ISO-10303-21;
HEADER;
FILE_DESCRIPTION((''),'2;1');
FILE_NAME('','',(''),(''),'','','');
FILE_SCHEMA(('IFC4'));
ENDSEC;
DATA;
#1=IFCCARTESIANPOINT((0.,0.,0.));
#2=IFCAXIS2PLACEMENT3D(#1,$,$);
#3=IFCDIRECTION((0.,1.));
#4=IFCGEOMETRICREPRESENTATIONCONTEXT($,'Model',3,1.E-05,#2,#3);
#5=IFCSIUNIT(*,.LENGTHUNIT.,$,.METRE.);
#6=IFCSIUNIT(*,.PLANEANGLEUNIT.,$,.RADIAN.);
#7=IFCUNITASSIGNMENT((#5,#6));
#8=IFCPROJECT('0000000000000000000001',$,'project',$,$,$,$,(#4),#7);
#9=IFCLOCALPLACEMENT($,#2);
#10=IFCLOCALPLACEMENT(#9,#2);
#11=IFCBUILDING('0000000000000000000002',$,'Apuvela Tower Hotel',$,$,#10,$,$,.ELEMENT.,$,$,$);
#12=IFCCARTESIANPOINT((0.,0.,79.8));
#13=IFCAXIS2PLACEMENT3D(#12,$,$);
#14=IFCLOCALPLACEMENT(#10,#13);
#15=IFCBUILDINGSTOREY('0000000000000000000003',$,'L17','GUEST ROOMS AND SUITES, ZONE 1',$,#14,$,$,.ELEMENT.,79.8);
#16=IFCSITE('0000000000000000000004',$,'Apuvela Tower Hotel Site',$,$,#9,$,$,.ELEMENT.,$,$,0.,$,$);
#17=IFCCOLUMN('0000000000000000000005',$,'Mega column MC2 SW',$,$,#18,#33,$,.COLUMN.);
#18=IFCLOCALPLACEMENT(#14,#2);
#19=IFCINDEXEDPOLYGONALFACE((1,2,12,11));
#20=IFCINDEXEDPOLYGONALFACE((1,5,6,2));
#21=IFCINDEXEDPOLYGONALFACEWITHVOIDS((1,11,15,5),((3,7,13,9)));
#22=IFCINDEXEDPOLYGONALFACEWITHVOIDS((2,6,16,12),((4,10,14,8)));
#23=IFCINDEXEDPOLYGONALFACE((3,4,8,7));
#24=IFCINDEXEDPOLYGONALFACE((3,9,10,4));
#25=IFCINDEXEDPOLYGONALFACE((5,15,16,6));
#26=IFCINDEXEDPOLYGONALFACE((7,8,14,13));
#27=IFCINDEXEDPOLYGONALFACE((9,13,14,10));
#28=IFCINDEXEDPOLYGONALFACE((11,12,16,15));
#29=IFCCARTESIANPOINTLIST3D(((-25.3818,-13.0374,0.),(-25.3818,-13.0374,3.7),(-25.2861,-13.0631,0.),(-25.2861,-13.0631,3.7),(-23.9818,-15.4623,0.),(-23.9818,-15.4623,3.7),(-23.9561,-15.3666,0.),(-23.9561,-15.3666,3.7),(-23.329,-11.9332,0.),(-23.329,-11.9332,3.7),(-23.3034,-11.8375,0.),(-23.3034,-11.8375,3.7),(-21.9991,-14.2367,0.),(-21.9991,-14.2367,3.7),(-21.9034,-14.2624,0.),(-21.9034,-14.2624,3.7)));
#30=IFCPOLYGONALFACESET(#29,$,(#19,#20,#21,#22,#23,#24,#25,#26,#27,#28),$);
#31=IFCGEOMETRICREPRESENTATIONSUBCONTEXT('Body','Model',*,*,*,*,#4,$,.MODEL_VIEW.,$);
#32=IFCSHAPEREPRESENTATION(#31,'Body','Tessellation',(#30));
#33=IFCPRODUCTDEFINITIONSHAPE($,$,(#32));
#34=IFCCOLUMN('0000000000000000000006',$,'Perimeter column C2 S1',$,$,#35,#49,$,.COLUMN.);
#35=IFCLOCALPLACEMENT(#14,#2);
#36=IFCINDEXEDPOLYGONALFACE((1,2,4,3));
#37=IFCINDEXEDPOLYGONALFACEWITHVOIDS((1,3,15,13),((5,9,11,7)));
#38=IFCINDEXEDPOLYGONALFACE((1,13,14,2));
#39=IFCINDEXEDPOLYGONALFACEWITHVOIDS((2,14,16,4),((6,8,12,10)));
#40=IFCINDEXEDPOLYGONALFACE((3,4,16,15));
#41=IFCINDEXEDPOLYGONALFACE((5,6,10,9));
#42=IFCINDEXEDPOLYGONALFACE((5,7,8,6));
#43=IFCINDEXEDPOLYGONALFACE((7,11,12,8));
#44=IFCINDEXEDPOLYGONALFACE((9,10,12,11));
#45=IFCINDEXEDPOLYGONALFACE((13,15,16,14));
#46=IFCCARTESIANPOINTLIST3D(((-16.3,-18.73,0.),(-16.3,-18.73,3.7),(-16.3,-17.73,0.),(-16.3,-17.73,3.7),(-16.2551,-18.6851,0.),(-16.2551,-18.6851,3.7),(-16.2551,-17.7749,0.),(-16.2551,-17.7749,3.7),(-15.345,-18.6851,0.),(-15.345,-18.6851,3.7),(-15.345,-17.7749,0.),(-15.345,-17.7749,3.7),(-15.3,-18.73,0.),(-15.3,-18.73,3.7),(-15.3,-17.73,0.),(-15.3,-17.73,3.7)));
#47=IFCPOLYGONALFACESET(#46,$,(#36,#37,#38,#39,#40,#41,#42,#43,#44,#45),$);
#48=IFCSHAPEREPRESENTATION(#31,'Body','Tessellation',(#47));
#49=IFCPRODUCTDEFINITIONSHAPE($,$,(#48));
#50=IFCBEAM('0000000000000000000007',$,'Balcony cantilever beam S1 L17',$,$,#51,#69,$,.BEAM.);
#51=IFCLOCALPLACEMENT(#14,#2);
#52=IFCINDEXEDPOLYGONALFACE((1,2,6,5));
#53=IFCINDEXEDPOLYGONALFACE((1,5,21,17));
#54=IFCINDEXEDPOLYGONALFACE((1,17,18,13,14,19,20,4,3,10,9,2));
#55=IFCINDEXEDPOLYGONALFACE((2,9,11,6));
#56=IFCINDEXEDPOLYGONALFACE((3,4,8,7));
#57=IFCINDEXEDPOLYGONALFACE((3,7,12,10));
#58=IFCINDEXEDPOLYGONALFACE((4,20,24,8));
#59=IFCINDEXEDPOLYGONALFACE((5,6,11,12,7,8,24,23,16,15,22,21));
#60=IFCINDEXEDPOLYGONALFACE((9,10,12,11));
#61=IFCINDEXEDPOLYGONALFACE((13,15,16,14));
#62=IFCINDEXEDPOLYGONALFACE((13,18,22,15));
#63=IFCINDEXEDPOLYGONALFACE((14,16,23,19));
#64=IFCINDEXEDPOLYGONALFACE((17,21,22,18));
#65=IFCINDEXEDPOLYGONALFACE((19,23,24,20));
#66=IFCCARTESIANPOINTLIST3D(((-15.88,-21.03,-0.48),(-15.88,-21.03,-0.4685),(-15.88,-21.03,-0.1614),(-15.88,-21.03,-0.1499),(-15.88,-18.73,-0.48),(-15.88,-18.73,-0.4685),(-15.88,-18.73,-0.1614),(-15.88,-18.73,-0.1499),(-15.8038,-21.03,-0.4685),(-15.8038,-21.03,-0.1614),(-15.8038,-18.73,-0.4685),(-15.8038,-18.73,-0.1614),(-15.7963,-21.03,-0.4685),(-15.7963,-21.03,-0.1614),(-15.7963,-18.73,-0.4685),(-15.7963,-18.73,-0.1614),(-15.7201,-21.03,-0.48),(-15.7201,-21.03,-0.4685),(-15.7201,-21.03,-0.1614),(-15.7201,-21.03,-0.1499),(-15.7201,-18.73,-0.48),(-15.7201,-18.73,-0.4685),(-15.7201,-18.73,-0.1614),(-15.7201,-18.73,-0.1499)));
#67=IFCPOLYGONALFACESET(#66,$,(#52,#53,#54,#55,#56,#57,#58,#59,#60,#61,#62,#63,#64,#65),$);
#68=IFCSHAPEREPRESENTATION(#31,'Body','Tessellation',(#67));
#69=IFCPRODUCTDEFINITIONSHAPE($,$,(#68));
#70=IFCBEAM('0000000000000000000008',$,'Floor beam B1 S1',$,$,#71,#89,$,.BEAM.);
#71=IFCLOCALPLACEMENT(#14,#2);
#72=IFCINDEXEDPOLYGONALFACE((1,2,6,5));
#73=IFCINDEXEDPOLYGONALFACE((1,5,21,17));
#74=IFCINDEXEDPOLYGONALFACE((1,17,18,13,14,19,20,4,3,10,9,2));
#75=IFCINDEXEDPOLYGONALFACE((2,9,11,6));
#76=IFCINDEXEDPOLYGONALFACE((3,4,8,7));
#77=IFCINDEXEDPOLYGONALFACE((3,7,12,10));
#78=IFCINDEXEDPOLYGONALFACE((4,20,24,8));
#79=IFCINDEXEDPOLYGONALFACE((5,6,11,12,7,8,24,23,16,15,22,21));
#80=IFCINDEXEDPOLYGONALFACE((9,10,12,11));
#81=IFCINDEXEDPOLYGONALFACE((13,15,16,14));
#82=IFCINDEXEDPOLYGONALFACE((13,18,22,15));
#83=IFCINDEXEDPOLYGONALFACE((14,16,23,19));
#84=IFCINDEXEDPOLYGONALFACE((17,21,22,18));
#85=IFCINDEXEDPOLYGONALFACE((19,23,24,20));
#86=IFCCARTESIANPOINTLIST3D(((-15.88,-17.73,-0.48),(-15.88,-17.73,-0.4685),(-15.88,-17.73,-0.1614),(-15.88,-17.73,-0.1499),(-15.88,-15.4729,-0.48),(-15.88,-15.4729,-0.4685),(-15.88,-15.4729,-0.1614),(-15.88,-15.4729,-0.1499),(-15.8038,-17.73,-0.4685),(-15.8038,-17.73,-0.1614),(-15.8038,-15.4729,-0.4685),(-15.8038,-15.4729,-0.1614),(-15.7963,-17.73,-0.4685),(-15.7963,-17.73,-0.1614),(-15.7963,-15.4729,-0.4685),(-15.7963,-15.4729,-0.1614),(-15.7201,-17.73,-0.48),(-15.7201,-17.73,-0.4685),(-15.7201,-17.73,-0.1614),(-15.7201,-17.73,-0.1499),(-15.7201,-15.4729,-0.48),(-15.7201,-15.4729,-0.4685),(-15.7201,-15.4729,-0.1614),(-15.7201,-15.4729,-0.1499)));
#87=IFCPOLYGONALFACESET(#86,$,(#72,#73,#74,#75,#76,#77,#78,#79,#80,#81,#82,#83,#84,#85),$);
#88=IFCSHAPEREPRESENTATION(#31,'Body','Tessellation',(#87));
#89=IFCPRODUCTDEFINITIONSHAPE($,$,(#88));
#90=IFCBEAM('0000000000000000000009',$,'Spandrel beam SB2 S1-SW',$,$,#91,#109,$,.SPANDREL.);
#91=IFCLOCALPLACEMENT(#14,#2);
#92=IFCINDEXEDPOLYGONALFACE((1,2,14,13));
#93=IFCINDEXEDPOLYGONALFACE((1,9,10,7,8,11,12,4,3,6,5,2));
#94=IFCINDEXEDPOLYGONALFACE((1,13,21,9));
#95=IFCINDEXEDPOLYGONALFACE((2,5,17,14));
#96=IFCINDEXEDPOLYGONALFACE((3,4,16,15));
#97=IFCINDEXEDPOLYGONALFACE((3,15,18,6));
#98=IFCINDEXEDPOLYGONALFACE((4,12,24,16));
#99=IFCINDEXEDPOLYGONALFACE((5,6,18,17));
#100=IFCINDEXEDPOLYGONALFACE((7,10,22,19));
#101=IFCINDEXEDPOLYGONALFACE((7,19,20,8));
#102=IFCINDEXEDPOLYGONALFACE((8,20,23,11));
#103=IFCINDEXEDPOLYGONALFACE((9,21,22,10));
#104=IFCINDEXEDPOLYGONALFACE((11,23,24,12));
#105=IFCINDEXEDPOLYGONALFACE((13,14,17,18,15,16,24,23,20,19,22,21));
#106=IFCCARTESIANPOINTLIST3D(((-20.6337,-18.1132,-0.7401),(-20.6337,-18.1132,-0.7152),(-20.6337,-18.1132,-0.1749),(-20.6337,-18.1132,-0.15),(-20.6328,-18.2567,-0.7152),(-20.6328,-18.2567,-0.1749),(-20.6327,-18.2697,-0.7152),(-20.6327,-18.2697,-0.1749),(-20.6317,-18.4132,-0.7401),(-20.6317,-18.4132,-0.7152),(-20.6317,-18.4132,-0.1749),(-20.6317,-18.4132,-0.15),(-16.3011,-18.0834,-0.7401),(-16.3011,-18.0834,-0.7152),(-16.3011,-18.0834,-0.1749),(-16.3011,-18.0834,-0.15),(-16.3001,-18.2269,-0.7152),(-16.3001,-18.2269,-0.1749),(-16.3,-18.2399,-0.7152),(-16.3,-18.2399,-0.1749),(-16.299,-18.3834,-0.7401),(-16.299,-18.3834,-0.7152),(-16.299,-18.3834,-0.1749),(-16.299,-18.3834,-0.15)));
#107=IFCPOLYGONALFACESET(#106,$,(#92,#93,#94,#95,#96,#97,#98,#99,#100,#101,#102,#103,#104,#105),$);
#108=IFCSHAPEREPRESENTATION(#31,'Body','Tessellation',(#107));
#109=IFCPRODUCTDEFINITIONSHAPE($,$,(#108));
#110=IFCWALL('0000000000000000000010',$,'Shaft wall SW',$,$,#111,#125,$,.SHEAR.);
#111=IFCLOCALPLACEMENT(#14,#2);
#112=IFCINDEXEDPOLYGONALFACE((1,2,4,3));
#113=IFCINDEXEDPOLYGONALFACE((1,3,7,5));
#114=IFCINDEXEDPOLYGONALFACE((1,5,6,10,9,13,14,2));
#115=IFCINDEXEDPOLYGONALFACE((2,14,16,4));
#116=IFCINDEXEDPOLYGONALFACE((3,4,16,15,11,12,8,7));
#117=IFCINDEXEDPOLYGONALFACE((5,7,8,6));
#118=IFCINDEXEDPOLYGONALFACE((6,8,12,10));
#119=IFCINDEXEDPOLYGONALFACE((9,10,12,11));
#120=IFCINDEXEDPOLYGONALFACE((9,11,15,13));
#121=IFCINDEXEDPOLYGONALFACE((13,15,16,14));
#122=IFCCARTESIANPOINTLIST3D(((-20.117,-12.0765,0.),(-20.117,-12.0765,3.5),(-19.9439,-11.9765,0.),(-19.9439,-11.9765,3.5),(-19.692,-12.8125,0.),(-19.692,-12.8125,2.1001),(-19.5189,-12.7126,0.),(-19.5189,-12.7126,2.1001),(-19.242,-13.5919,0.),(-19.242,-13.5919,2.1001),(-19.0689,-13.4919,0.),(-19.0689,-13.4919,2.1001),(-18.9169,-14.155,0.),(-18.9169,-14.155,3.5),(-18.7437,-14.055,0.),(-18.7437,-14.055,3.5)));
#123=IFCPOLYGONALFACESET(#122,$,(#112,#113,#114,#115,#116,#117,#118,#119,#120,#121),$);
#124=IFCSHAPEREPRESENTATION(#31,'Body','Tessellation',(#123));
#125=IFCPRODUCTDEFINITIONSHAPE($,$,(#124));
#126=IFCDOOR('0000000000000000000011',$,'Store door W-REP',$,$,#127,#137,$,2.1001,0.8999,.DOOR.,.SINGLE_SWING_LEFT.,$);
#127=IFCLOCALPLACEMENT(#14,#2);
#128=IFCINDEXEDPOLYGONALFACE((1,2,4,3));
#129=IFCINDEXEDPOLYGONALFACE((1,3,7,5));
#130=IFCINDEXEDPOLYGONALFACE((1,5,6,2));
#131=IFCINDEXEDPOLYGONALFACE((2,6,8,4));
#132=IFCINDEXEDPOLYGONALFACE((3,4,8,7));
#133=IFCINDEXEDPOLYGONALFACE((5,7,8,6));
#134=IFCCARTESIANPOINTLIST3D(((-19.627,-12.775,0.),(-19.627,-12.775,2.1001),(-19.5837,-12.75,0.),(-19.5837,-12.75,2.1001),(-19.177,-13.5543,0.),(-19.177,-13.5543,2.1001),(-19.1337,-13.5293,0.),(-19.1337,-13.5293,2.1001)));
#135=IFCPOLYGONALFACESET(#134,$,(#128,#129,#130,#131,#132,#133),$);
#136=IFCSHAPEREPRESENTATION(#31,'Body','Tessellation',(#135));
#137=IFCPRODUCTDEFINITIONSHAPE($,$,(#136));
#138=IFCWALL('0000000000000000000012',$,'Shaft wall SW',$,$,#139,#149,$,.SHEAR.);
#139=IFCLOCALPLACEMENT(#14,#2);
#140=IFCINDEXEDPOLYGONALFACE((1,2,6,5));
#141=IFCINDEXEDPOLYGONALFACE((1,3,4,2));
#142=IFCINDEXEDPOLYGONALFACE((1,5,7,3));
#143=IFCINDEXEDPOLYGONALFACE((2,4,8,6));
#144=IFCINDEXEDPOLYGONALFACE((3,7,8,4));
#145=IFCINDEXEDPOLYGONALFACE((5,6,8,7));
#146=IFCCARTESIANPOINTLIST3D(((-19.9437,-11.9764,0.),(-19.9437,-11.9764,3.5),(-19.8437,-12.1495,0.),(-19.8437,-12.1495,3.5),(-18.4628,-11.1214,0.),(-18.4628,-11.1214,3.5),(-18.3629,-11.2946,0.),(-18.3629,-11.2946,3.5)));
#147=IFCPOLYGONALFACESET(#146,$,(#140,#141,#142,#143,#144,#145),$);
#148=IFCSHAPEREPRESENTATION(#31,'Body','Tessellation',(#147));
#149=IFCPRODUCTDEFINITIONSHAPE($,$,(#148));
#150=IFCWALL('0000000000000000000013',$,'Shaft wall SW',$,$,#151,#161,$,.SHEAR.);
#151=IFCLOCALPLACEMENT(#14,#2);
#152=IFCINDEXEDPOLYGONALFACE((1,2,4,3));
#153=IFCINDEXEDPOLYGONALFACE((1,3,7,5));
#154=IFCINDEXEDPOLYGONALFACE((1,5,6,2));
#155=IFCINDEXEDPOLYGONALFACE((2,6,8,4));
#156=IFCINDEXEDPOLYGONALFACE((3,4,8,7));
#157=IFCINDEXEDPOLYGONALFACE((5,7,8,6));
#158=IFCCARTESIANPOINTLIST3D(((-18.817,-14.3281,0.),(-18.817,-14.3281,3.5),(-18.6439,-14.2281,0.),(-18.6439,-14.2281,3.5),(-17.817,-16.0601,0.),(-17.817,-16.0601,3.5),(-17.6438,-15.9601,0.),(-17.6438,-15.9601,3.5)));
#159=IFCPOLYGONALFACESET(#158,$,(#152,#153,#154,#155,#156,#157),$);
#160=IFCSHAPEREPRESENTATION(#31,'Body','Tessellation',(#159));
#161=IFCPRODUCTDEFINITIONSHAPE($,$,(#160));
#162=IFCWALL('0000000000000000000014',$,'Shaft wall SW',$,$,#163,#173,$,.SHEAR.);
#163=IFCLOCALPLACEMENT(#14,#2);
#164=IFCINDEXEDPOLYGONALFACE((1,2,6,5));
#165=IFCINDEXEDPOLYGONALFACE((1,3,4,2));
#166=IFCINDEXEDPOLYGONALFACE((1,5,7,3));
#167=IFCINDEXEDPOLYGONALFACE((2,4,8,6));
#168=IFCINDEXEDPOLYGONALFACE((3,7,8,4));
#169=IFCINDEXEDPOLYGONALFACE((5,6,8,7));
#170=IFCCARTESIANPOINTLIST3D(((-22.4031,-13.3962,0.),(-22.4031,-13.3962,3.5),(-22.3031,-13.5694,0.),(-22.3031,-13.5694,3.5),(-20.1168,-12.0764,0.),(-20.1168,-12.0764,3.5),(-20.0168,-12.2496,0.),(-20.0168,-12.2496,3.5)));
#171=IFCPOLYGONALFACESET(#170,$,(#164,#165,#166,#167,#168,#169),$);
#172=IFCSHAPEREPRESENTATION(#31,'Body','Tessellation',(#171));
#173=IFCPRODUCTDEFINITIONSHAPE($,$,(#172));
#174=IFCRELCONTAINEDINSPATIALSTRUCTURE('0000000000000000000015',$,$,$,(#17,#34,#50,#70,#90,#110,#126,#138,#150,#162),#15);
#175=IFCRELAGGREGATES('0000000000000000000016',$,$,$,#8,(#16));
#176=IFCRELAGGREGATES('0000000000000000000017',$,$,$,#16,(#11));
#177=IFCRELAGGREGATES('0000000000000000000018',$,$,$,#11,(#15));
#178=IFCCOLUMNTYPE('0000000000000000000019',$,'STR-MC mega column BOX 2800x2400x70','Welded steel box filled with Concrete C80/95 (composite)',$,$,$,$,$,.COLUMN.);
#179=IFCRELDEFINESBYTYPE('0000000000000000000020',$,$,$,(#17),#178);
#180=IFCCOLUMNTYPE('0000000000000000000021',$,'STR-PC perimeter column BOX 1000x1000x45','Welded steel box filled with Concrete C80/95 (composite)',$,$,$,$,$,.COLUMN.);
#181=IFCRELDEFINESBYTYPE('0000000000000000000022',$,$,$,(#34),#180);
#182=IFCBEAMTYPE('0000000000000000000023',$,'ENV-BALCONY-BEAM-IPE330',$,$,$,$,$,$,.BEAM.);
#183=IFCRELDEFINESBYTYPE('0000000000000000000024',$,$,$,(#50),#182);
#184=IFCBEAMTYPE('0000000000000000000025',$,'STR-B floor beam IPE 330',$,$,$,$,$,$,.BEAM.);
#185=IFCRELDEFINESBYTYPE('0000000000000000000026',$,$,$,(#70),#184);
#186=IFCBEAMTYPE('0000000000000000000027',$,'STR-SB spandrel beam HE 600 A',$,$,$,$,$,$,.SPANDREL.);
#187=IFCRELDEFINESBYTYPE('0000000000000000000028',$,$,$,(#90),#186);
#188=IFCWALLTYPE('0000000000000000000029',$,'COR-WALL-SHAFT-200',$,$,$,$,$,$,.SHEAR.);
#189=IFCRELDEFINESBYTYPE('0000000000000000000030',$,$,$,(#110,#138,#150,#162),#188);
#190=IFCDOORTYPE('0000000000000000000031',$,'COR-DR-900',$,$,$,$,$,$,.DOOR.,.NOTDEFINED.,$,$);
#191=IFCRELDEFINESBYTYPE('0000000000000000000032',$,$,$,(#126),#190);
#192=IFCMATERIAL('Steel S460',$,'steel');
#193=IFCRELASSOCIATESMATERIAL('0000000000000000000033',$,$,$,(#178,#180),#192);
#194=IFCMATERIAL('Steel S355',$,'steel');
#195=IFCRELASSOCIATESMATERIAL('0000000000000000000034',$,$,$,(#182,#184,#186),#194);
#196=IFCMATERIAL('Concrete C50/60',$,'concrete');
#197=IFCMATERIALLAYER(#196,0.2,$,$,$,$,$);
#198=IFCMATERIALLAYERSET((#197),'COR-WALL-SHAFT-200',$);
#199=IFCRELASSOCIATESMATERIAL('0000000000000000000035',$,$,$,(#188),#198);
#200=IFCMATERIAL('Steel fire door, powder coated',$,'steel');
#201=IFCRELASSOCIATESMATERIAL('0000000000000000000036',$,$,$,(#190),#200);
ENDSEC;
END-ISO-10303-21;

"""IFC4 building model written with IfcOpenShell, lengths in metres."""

from ifc_helpers import new_model, si_unit, direction, frame, frame_2d, origin, origin_2d, place, context, subcontext, project, spatial, rectangle, hollow_rectangle, i_section, extrude, material, layer, layer_set, material_profile, profile_set, type_object, element, fill, save


model = new_model("IFC4")

# Units and contexts
model_context = context("Model", 3, precision=1e-05, world=origin(), true_north=direction((0.0, 1.0)))
body_context = subcontext(model_context, "Body", "Model", "MODEL_VIEW")
ifc_project = project(units=[si_unit("LENGTHUNIT", "METRE"), si_unit("PLANEANGLEUNIT", "RADIAN")], contexts=[model_context])

# Site, building, storey
site_placement = place(None, origin())
site = spatial("IfcSite", under=ifc_project, at=site_placement, Name="Apuvela Tower Hotel Site", CompositionType="ELEMENT", RefElevation=0.0)
building_placement = place(site_placement, origin())
building = spatial("IfcBuilding", under=site, at=building_placement, Name="Apuvela Tower Hotel", CompositionType="ELEMENT")
storey_placement = place(building_placement, frame((0.0, 0.0, 79.8)))
storey = spatial("IfcBuildingStorey", under=building, at=storey_placement, Name="L17", Description="GUEST ROOMS AND SUITES, ZONE 1", CompositionType="ELEMENT", Elevation=79.8)

# Columns
ifc_material_1 = material(Name="Steel S460", Category="steel")
ifc_material_profile_1 = material_profile(ifc_material_1, hollow_rectangle(XDim=2.8, YDim=2.3999, WallThickness=0.0701, at=origin_2d()), Name="BOX 2800x2400x70")
ifc_material_2 = material(Name="Concrete C80/95", Category="concrete")
ifc_material_profile_2 = material_profile(ifc_material_2, rectangle(XDim=2.6599, YDim=2.26, at=origin_2d()), Name="Concrete C80/95 infill")
ifc_profile_set_1 = profile_set([ifc_material_profile_1, ifc_material_profile_2], Name="Steel S460")
column_type_1 = type_object("IfcColumnType", Name="STR-MC mega column BOX 2800x2400x70", Description="Welded steel box filled with Concrete C80/95 (composite)", PredefinedType="COLUMN", material=ifc_profile_set_1)
column_1_placement = place(storey_placement, frame((-23.6426, -13.6499, 0.0), z_axis=(0.0, 0.0, 1.0), x_axis=(-0.5, 0.866025, 0.0)))
element("IfcColumn", 1, at=column_1_placement, inside=storey, type_object=column_type_1, Name="Mega column MC2 SW", PredefinedType="COLUMN", context=body_context, shape_type="SweptSolid", body=[
    extrude(hollow_rectangle(XDim=2.8, YDim=2.3999, WallThickness=0.0701, at=origin_2d()), origin(), (0.0, 0.0, 1.0), 3.7),
])
ifc_material_profile_3 = material_profile(ifc_material_1, hollow_rectangle(XDim=1.0, YDim=1.0, WallThickness=0.0449, at=origin_2d()), Name="BOX 1000x1000x45")
ifc_material_profile_4 = material_profile(ifc_material_2, rectangle(XDim=0.9099, YDim=0.9099, at=origin_2d()), Name="Concrete C80/95 infill")
ifc_profile_set_2 = profile_set([ifc_material_profile_3, ifc_material_profile_4], Name="Steel S460")
column_type_2 = type_object("IfcColumnType", Name="STR-PC perimeter column BOX 1000x1000x45", Description="Welded steel box filled with Concrete C80/95 (composite)", PredefinedType="COLUMN", material=ifc_profile_set_2)
column_2_placement = place(storey_placement, frame((-15.8, -18.23, 0.0), z_axis=(0.0, 0.0, 1.0), x_axis=(-1.0, 0.0, 0.0)))
element("IfcColumn", 2, at=column_2_placement, inside=storey, type_object=column_type_2, Name="Perimeter column C2 S1", PredefinedType="COLUMN", context=body_context, shape_type="SweptSolid", body=[
    extrude(hollow_rectangle(XDim=1.0, YDim=1.0, WallThickness=0.0449, at=origin_2d()), origin(), (0.0, 0.0, 1.0), 3.7),
])

# Beams
ifc_material_3 = material(Name="Steel S355", Category="steel")
ifc_material_profile_5 = material_profile(ifc_material_3, i_section(OverallWidth=0.1599, OverallDepth=0.3301, WebThickness=0.0076, FlangeThickness=0.0115, at=origin_2d()), Name="IPE 330")
ifc_profile_set_3 = profile_set([ifc_material_profile_5], Name="Steel S355")
beam_type_1 = type_object("IfcBeamType", Name="ENV-BALCONY-BEAM-IPE330", PredefinedType="BEAM", material=ifc_profile_set_3)
beam_1_placement = place(storey_placement, frame((-15.8, -18.73, -0.3149), z_axis=(0.0, -1.0, 0.0), x_axis=(1.0, 0.0, 0.0)))
element("IfcBeam", 3, at=beam_1_placement, inside=storey, type_object=beam_type_1, Name="Balcony cantilever beam S1 L17", PredefinedType="BEAM", context=body_context, shape_type="SweptSolid", body=[
    extrude(i_section(OverallWidth=0.1599, OverallDepth=0.3301, WebThickness=0.0076, FlangeThickness=0.0115, at=origin_2d()), origin(), (0.0, 0.0, 1.0), 2.3),
])
ifc_material_profile_6 = material_profile(ifc_material_3, i_section(OverallWidth=0.1599, OverallDepth=0.3301, WebThickness=0.0076, FlangeThickness=0.0115, at=origin_2d()), Name="IPE 330")
ifc_profile_set_4 = profile_set([ifc_material_profile_6], Name="Steel S355")
beam_type_2 = type_object("IfcBeamType", Name="STR-B floor beam IPE 330", PredefinedType="BEAM", material=ifc_profile_set_4)
beam_2_placement = place(storey_placement, frame((-15.8, -17.73, -0.3149), z_axis=(0.0, 1.0, 0.0), x_axis=(-1.0, 0.0, 0.0)))
element("IfcBeam", 4, at=beam_2_placement, inside=storey, type_object=beam_type_2, Name="Floor beam B1 S1", PredefinedType="BEAM", context=body_context, shape_type="SweptSolid", body=[
    extrude(i_section(OverallWidth=0.1599, OverallDepth=0.3301, WebThickness=0.0076, FlangeThickness=0.0115, at=origin_2d()), origin(), (0.0, 0.0, 1.0), 2.2571),
])
ifc_material_profile_7 = material_profile(ifc_material_3, i_section(OverallWidth=0.3, OverallDepth=0.5901, WebThickness=0.0129, FlangeThickness=0.0249, at=origin_2d()), Name="HE 600 A")
ifc_profile_set_5 = profile_set([ifc_material_profile_7], Name="Steel S355")
beam_type_3 = type_object("IfcBeamType", Name="STR-SB spandrel beam HE 600 A", PredefinedType="SPANDREL", material=ifc_profile_set_5)
beam_3_placement = place(storey_placement, frame((-16.3, -18.2334, -0.4451), z_axis=(-0.999976, -0.006874, 0.0), x_axis=(0.006874, -0.999976, 0.0)))
element("IfcBeam", 5, at=beam_3_placement, inside=storey, type_object=beam_type_3, Name="Spandrel beam SB2 S1-SW", PredefinedType="SPANDREL", context=body_context, shape_type="SweptSolid", body=[
    extrude(i_section(OverallWidth=0.3, OverallDepth=0.5901, WebThickness=0.0129, FlangeThickness=0.0249, at=origin_2d()), origin(), (0.0, 0.0, 1.0), 4.3328),
])

# Wall, opening, door
ifc_material_4 = material(Name="Concrete C50/60", Category="concrete")
ifc_layer_1 = layer(ifc_material_4, 0.2)
ifc_layer_set_1 = layer_set([ifc_layer_1], Name="COR-WALL-SHAFT-200")
wall_type_1 = type_object("IfcWallType", Name="COR-WALL-SHAFT-200", PredefinedType="SHEAR", material=ifc_layer_set_1)
wall_1_placement = place(storey_placement, frame((-20.0305, -12.0264, 0.0), z_axis=(0.0, 0.0, 1.0), x_axis=(0.500034, -0.866006, 0.0)))
wall_1 = element("IfcWall", 6, at=wall_1_placement, inside=storey, type_object=wall_type_1, Name="Shaft wall SW", PredefinedType="SHEAR", context=body_context, shape_type="SweptSolid", body=[
    extrude(rectangle(XDim=2.4001, YDim=0.2, at=frame_2d((1.2002, 0.0))), origin(), (0.0, 0.0, 1.0), 3.5),
])
opening_1_placement = place(wall_1_placement, frame((0.8501, 0.0, 0.0)))
opening_1 = element("IfcOpeningElement", 7, at=opening_1_placement, cuts=wall_1, PredefinedType="OPENING", context=body_context, shape_type="SweptSolid", body=[
    extrude(rectangle(XDim=0.8999, YDim=2.1001, at=frame_2d((0.45, 1.05))), frame((0.0, 0.1099, 0.0), z_axis=(0.0, -1.0, 0.0), x_axis=(1.0, 0.0, 0.0)), (0.0, 0.0, 1.0), 0.22),
])
ifc_material_5 = material(Name="Steel fire door, powder coated", Category="steel")
door_type_1 = type_object("IfcDoorType", Name="COR-DR-900", OperationType="NOTDEFINED", PredefinedType="DOOR", material=ifc_material_5)
door_1_placement = place(opening_1_placement, frame((0.8999, 0.0, 0.0), z_axis=(0.0, 0.0, 1.0), x_axis=(-1.0, 0.0, 0.0)))
door_1 = element("IfcDoor", 8, at=door_1_placement, inside=storey, type_object=door_type_1, Name="Store door W-REP", OperationType="SINGLE_SWING_LEFT", OverallHeight=2.1001, OverallWidth=0.8999, PredefinedType="DOOR", context=body_context, shape_type="SweptSolid", body=[
    extrude(rectangle(XDim=0.8999, YDim=2.1001, at=frame_2d((0.45, 1.05))), frame((0.0, 0.0249, 0.0), z_axis=(0.0, -1.0, 0.0), x_axis=(1.0, 0.0, 0.0)), (0.0, 0.0, 1.0), 0.05),
])
fill(opening_1, door_1)

# Walls
wall_2_placement = place(storey_placement, frame((-18.4128, -11.208, 0.0), z_axis=(0.0, 0.0, 1.0), x_axis=(-0.866038, -0.499978, 0.0)))
element("IfcWall", 9, at=wall_2_placement, inside=storey, type_object=wall_type_1, Name="Shaft wall SW", PredefinedType="SHEAR", context=body_context, shape_type="SweptSolid", body=[
    extrude(rectangle(XDim=1.71, YDim=0.2, at=frame_2d((0.855, 0.0))), origin(), (0.0, 0.0, 1.0), 3.5),
])
wall_3_placement = place(storey_placement, frame((-18.7305, -14.2781, 0.0), z_axis=(0.0, 0.0, 1.0), x_axis=(0.500025, -0.866011, 0.0)))
element("IfcWall", 10, at=wall_3_placement, inside=storey, type_object=wall_type_1, Name="Shaft wall SW", PredefinedType="SHEAR", context=body_context, shape_type="SweptSolid", body=[
    extrude(rectangle(XDim=2.0, YDim=0.2, at=frame_2d((1.0, 0.0))), origin(), (0.0, 0.0, 1.0), 3.5),
])
wall_4_placement = place(storey_placement, frame((-20.0669, -12.1631, 0.0), z_axis=(0.0, 0.0, 1.0), x_axis=(-0.866061, -0.499939, 0.0)))
element("IfcWall", 11, at=wall_4_placement, inside=storey, type_object=wall_type_1, Name="Shaft wall SW", PredefinedType="SHEAR", context=body_context, shape_type="SweptSolid", body=[
    extrude(rectangle(XDim=2.6399, YDim=0.2, at=frame_2d((1.3198, 0.0))), origin(), (0.0, 0.0, 1.0), 3.5),
])

save(model, "model.ifc")
